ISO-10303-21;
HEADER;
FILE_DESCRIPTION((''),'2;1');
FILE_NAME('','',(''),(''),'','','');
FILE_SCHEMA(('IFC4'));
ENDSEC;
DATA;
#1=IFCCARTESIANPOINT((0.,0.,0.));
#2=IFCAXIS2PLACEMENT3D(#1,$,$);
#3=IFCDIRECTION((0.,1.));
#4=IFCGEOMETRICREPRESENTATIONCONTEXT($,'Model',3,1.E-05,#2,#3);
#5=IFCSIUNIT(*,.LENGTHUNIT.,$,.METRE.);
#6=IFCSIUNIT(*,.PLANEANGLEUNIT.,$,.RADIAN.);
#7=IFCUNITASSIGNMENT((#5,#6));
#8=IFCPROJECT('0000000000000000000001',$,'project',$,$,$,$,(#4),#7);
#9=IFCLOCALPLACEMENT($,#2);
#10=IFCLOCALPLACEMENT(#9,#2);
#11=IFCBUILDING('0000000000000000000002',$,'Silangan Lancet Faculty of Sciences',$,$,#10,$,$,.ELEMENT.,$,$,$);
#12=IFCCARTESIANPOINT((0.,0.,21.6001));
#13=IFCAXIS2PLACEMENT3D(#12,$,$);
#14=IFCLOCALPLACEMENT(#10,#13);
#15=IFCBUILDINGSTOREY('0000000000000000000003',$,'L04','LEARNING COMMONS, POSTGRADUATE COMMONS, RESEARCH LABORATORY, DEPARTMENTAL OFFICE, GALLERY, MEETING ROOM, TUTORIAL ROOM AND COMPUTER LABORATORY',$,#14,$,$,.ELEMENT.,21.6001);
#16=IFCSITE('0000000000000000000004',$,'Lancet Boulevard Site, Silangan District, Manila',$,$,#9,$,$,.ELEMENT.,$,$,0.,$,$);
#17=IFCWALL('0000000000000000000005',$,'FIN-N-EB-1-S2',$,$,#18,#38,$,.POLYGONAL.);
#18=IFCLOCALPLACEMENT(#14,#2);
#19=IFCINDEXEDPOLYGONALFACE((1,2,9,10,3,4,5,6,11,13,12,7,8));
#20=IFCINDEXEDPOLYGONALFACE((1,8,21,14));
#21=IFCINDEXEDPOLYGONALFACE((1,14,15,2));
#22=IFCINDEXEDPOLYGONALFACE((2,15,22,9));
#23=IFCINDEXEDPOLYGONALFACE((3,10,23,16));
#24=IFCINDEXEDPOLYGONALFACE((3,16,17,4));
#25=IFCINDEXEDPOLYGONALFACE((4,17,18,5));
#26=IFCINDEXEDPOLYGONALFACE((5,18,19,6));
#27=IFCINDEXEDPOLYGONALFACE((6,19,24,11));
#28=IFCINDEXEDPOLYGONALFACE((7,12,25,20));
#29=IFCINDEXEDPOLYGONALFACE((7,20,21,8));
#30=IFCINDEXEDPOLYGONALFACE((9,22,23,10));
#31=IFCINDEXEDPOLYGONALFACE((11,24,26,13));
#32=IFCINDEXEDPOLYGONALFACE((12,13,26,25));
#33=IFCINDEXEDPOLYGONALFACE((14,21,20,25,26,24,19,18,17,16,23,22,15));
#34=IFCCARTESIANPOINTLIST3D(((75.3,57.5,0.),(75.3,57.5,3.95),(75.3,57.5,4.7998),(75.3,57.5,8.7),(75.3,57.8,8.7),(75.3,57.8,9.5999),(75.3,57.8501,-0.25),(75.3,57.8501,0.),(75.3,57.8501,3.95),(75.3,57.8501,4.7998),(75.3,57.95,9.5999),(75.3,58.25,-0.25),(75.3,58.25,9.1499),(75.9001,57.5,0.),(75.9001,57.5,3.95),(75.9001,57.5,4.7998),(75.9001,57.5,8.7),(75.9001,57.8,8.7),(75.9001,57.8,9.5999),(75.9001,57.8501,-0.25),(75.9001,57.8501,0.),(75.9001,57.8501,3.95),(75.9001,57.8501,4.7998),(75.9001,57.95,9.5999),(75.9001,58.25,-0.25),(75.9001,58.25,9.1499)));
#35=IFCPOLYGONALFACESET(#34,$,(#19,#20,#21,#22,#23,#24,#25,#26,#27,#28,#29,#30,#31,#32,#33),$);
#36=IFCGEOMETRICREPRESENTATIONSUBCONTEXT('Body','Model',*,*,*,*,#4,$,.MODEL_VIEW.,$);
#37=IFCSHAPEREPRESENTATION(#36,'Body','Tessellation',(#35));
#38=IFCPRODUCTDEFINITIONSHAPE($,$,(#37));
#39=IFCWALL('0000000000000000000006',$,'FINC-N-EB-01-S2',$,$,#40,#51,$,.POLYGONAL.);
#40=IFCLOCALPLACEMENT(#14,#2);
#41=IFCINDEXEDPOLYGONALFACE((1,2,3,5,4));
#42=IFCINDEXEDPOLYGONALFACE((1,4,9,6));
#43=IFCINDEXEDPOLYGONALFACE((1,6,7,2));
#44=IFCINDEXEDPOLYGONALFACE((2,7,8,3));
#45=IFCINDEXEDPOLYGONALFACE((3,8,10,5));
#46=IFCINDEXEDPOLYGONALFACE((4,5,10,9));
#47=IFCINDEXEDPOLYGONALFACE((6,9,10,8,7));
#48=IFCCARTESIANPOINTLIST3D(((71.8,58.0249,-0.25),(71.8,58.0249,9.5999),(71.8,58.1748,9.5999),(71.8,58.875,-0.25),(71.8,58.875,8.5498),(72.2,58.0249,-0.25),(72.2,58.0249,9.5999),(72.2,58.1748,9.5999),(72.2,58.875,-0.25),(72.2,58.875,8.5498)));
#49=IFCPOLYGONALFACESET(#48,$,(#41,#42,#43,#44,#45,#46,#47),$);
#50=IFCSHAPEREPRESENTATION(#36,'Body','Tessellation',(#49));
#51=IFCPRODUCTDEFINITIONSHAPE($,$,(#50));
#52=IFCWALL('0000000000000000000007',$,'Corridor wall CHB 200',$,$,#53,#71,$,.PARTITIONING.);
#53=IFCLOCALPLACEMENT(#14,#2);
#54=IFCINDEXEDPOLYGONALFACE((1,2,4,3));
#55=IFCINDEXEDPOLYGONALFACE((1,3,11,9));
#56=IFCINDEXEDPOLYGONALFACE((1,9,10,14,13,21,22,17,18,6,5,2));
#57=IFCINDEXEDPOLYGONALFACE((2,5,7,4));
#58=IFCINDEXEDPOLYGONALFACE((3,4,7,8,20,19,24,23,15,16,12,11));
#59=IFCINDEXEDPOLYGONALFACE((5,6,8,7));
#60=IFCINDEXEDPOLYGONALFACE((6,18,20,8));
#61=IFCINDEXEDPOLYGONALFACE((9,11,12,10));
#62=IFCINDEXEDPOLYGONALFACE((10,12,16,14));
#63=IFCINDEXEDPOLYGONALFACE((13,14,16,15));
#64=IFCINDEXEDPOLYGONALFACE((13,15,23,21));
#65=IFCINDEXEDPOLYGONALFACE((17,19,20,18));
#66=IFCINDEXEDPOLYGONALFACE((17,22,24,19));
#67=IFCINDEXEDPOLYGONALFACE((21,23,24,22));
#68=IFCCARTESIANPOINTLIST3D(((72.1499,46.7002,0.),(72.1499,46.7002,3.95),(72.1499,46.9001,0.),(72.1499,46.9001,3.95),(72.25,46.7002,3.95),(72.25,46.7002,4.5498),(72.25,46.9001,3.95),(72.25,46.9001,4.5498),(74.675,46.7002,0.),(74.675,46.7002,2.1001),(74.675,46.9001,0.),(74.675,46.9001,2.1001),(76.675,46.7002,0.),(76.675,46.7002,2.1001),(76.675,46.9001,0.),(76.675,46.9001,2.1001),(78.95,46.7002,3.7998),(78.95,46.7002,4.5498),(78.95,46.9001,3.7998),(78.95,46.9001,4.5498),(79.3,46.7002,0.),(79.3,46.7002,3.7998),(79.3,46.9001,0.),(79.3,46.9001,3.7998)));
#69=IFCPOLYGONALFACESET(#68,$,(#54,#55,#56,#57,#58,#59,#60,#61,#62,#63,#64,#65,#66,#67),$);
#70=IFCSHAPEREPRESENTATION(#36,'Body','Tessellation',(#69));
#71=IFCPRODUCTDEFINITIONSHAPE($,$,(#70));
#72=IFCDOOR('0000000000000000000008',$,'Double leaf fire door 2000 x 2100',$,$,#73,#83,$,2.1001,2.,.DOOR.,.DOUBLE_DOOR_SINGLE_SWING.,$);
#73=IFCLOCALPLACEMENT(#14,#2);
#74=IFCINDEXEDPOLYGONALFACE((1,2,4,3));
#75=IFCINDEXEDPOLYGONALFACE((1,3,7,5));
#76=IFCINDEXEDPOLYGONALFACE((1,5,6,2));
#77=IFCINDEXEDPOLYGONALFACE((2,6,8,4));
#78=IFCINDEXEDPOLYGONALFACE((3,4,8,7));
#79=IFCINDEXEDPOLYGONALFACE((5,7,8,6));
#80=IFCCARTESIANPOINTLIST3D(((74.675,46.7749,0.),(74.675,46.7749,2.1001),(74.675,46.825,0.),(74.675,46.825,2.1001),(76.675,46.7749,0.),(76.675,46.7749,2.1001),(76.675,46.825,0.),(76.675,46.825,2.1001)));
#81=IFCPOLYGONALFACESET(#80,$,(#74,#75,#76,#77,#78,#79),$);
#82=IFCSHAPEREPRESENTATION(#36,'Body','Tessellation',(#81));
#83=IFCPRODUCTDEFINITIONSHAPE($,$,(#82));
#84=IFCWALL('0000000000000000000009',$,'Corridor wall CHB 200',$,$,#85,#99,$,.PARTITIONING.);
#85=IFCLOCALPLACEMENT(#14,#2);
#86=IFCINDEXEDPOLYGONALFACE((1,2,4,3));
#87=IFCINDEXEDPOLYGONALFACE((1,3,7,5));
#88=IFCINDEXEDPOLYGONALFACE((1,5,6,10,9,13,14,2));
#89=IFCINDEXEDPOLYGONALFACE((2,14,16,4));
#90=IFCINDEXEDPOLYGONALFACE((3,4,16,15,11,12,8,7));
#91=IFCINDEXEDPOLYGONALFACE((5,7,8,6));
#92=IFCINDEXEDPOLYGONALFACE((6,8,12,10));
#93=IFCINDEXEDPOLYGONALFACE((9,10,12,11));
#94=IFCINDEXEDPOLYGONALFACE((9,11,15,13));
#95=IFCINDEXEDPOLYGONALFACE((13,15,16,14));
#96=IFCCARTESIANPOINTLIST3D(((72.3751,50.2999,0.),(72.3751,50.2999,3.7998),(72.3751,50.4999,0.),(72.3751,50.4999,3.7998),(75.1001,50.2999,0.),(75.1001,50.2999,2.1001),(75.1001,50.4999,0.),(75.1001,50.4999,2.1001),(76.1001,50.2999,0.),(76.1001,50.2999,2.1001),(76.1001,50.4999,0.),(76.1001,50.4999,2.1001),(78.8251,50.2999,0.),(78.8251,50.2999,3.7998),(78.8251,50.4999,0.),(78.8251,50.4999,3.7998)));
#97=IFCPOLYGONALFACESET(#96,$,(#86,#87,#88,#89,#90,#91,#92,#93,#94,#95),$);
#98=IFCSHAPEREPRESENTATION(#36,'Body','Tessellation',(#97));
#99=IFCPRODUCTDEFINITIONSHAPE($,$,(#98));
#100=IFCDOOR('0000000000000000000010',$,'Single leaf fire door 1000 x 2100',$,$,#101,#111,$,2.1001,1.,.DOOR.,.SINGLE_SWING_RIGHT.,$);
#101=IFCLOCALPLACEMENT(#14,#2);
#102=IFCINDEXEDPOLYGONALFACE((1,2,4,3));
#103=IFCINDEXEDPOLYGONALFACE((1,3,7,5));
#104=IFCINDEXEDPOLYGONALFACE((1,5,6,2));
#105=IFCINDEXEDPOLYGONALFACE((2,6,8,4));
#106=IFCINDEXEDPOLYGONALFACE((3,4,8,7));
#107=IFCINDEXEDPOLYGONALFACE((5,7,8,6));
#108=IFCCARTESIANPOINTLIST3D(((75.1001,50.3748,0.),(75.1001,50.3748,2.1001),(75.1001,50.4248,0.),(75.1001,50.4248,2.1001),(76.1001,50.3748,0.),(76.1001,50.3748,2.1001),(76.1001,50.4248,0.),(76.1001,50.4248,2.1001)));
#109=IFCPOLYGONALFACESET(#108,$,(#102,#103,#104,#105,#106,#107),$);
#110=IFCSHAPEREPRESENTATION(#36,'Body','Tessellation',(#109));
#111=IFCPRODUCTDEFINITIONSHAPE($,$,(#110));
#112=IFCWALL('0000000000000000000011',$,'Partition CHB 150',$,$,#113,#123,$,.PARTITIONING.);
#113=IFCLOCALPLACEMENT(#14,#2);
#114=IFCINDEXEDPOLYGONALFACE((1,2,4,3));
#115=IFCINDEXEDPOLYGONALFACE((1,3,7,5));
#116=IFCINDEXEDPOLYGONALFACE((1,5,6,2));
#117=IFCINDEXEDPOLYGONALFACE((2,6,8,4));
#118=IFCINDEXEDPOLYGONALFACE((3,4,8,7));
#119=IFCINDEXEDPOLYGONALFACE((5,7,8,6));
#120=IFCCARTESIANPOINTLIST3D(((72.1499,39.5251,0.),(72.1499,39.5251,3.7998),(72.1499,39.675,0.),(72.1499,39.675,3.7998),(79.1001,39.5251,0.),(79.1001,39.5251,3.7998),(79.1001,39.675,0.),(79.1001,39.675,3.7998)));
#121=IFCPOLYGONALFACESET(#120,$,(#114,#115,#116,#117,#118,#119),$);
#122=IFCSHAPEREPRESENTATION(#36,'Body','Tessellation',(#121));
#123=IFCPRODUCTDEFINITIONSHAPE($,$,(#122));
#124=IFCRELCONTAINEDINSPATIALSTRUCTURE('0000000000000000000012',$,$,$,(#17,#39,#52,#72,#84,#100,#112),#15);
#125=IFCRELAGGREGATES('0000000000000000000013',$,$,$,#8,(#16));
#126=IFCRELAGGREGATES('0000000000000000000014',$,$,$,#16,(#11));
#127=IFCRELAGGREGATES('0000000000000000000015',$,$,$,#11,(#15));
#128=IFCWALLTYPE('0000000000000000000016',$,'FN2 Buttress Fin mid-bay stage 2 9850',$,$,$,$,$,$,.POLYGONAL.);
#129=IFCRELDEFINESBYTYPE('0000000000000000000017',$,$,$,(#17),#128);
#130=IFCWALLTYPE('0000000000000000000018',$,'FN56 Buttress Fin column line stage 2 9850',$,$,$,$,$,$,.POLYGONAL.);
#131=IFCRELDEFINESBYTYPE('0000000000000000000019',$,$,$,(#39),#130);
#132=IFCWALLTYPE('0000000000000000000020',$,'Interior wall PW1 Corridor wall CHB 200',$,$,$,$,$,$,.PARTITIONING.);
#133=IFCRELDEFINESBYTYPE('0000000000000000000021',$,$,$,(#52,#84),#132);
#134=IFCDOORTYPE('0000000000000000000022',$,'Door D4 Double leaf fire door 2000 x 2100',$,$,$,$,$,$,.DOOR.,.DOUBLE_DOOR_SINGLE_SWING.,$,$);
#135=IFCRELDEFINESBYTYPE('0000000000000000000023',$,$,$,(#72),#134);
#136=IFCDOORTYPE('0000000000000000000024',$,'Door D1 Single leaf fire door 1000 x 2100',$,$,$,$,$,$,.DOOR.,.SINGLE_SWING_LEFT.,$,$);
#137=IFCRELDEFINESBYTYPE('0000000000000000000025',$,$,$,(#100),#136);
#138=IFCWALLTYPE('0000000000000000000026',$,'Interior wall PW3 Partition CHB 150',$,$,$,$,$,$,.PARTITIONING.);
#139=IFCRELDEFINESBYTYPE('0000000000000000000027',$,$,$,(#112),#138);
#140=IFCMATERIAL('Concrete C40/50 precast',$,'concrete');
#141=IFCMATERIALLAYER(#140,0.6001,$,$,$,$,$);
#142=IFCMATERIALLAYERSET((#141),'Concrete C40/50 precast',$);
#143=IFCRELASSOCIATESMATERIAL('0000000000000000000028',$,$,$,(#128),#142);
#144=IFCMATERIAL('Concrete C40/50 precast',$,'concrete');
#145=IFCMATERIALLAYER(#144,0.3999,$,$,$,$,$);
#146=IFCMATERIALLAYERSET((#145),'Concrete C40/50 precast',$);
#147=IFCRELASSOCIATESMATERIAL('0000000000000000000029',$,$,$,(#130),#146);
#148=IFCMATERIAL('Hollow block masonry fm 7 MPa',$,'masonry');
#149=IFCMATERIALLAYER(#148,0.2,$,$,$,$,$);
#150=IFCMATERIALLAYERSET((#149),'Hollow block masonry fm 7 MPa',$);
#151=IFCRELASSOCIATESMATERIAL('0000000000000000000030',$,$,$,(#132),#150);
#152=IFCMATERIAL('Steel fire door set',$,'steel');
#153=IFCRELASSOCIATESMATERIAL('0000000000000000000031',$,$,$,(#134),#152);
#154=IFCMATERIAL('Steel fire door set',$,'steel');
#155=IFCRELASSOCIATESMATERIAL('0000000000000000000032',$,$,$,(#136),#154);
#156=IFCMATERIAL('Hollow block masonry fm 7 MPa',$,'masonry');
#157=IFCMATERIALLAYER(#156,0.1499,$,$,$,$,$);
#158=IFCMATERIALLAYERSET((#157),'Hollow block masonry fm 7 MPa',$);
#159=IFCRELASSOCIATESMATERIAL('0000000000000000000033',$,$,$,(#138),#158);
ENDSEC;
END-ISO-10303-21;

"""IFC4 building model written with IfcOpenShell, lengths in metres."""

from ifc_helpers import new_model, si_unit, direction, frame, frame_2d, origin, place, context, subcontext, project, spatial, polyline, rectangle, outline, extrude, material, layer, layer_set, type_object, element, fill, save


model = new_model("IFC4")

# Units and contexts
model_context = context("Model", 3, precision=1e-05, world=origin(), true_north=direction((0.0, 1.0)))
body_context = subcontext(model_context, "Body", "Model", "MODEL_VIEW")
ifc_project = project(units=[si_unit("LENGTHUNIT", "METRE"), si_unit("PLANEANGLEUNIT", "RADIAN")], contexts=[model_context])

# Site, building, storey
site_placement = place(None, origin())
site = spatial("IfcSite", under=ifc_project, at=site_placement, Name="Lancet Boulevard Site, Silangan District, Manila", CompositionType="ELEMENT", RefElevation=0.0)
building_placement = place(site_placement, origin())
building = spatial("IfcBuilding", under=site, at=building_placement, Name="Silangan Lancet Faculty of Sciences", CompositionType="ELEMENT")
storey_placement = place(building_placement, frame((0.0, 0.0, 21.6001)))
storey = spatial("IfcBuildingStorey", under=building, at=storey_placement, Name="L04", Description="LEARNING COMMONS, POSTGRADUATE COMMONS, RESEARCH LABORATORY, DEPARTMENTAL OFFICE, GALLERY, MEETING ROOM, TUTORIAL ROOM AND COMPUTER LABORATORY", CompositionType="ELEMENT", Elevation=21.6001)

# Walls
ifc_material_1 = material(Name="Concrete C40/50 precast", Category="concrete")
ifc_layer_1 = layer(ifc_material_1, 0.6001)
ifc_layer_set_1 = layer_set([ifc_layer_1], Name="Concrete C40/50 precast")
wall_type_1 = type_object("IfcWallType", Name="FN2 Buttress Fin mid-bay stage 2 9850", PredefinedType="POLYGONAL", material=ifc_layer_set_1)
wall_1_placement = place(storey_placement, frame((75.6001, 57.5, -0.25), z_axis=(0.0, 0.0, 1.0), x_axis=(0.0, 1.0, 0.0)))
element("IfcWall", 1, at=wall_1_placement, inside=storey, type_object=wall_type_1, Name="FIN-N-EB-1-S2", PredefinedType="POLYGONAL", context=body_context, shape_type="SweptSolid", body=[
    extrude(outline(polyline([(0.75, 0.0), (0.75, 9.3999), (0.45, 9.8499), (0.3, 9.8499), (0.3, 8.95), (0.0, 8.95), (0.0, 5.0498), (0.3501, 5.0498), (0.3501, 4.2), (0.0, 4.2), (0.0, 0.25), (0.3501, 0.25), (0.3501, 0.0), (0.75, 0.0)])), frame((0.0, 0.3, 0.0), z_axis=(0.0, -1.0, 0.0), x_axis=(1.0, 0.0, 0.0)), (0.0, 0.0, 1.0), 0.6001),
])
ifc_material_2 = material(Name="Concrete C40/50 precast", Category="concrete")
ifc_layer_2 = layer(ifc_material_2, 0.3999)
ifc_layer_set_2 = layer_set([ifc_layer_2], Name="Concrete C40/50 precast")
wall_type_2 = type_object("IfcWallType", Name="FN56 Buttress Fin column line stage 2 9850", PredefinedType="POLYGONAL", material=ifc_layer_set_2)
wall_2_placement = place(storey_placement, frame((72.0, 58.0249, -0.25), z_axis=(0.0, 0.0, 1.0), x_axis=(0.0, 1.0, 0.0)))
element("IfcWall", 2, at=wall_2_placement, inside=storey, type_object=wall_type_2, Name="FINC-N-EB-01-S2", PredefinedType="POLYGONAL", context=body_context, shape_type="SweptSolid", body=[
    extrude(outline(polyline([(0.8501, 0.0), (0.8501, 8.7998), (0.1499, 9.8499), (0.0, 9.8499), (0.0, 0.0), (0.8501, 0.0)])), frame((0.0, 0.2, 0.0), z_axis=(0.0, -1.0, 0.0), x_axis=(1.0, 0.0, 0.0)), (0.0, 0.0, 1.0), 0.3999),
])

# Walls, openings, doors
ifc_material_3 = material(Name="Hollow block masonry fm 7 MPa", Category="masonry")
ifc_layer_3 = layer(ifc_material_3, 0.2)
ifc_layer_set_3 = layer_set([ifc_layer_3], Name="Hollow block masonry fm 7 MPa")
wall_type_3 = type_object("IfcWallType", Name="Interior wall PW1 Corridor wall CHB 200", PredefinedType="PARTITIONING", material=ifc_layer_set_3)
wall_3_placement = place(storey_placement, frame((72.1499, 46.8, 0.0), z_axis=(0.0, 0.0, 1.0), x_axis=(1.0, 0.0, 0.0)))
wall_3 = element("IfcWall", 3, at=wall_3_placement, inside=storey, type_object=wall_type_3, Name="Corridor wall CHB 200", PredefinedType="PARTITIONING", context=body_context, shape_type="SweptSolid", body=[
    extrude(outline(polyline([(0.0, 0.0), (7.1501, 0.0), (7.1501, 3.7998), (6.8, 3.7998), (6.8, 4.5498), (0.1001, 4.5498), (0.1001, 3.95), (0.0, 3.95), (0.0, 0.0)])), frame((0.0, 0.1001, 0.0), z_axis=(0.0, -1.0, 0.0), x_axis=(1.0, 0.0, 0.0)), (0.0, 0.0, 1.0), 0.2),
])
opening_1_placement = place(wall_3_placement, frame((2.5251, 0.0, 0.0)))
opening_1 = element("IfcOpeningElement", 4, at=opening_1_placement, cuts=wall_3, PredefinedType="OPENING", context=body_context, shape_type="SweptSolid", body=[
    extrude(rectangle(XDim=2.0, YDim=2.1001, at=frame_2d((1.0, 1.05))), frame((0.0, 0.1099, 0.0), z_axis=(0.0, -1.0, 0.0), x_axis=(1.0, 0.0, 0.0)), (0.0, 0.0, 1.0), 0.22),
])
ifc_material_4 = material(Name="Steel fire door set", Category="steel")
door_type_1 = type_object("IfcDoorType", Name="Door D4 Double leaf fire door 2000 x 2100", OperationType="DOUBLE_DOOR_SINGLE_SWING", PredefinedType="DOOR", material=ifc_material_4)
door_1_placement = place(opening_1_placement, origin())
door_1 = element("IfcDoor", 5, at=door_1_placement, inside=storey, type_object=door_type_1, Name="Double leaf fire door 2000 x 2100", OperationType="DOUBLE_DOOR_SINGLE_SWING", OverallHeight=2.1001, OverallWidth=2.0, PredefinedType="DOOR", context=body_context, shape_type="SweptSolid", body=[
    extrude(rectangle(XDim=2.0, YDim=2.1001, at=frame_2d((1.0, 1.05))), frame((0.0, 0.0249, 0.0), z_axis=(0.0, -1.0, 0.0), x_axis=(1.0, 0.0, 0.0)), (0.0, 0.0, 1.0), 0.05),
])
fill(opening_1, door_1)
wall_4_placement = place(storey_placement, frame((72.375, 50.3999, 0.0), z_axis=(0.0, 0.0, 1.0), x_axis=(1.0, 0.0, 0.0)))
wall_4 = element("IfcWall", 6, at=wall_4_placement, inside=storey, type_object=wall_type_3, Name="Corridor wall CHB 200", PredefinedType="PARTITIONING", context=body_context, shape_type="SweptSolid", body=[
    extrude(rectangle(XDim=6.45, YDim=0.2, at=frame_2d((3.2251, 0.0))), origin(), (0.0, 0.0, 1.0), 3.7998),
])
opening_2_placement = place(wall_4_placement, frame((2.7251, 0.0, 0.0)))
opening_2 = element("IfcOpeningElement", 7, at=opening_2_placement, cuts=wall_4, PredefinedType="OPENING", context=body_context, shape_type="SweptSolid", body=[
    extrude(rectangle(XDim=1.0, YDim=2.1001, at=frame_2d((0.5, 1.05))), frame((0.0, 0.1099, 0.0), z_axis=(0.0, -1.0, 0.0), x_axis=(1.0, 0.0, 0.0)), (0.0, 0.0, 1.0), 0.22),
])
ifc_material_5 = material(Name="Steel fire door set", Category="steel")
door_type_2 = type_object("IfcDoorType", Name="Door D1 Single leaf fire door 1000 x 2100", OperationType="SINGLE_SWING_LEFT", PredefinedType="DOOR", material=ifc_material_5)
door_2_placement = place(opening_2_placement, origin())
door_2 = element("IfcDoor", 8, at=door_2_placement, inside=storey, type_object=door_type_2, Name="Single leaf fire door 1000 x 2100", OperationType="SINGLE_SWING_RIGHT", OverallHeight=2.1001, OverallWidth=1.0, PredefinedType="DOOR", context=body_context, shape_type="SweptSolid", body=[
    extrude(rectangle(XDim=1.0, YDim=2.1001, at=frame_2d((0.5, 1.05))), frame((0.0, 0.0249, 0.0), z_axis=(0.0, -1.0, 0.0), x_axis=(1.0, 0.0, 0.0)), (0.0, 0.0, 1.0), 0.05),
])
fill(opening_2, door_2)

# Wall
ifc_material_6 = material(Name="Hollow block masonry fm 7 MPa", Category="masonry")
ifc_layer_4 = layer(ifc_material_6, 0.1499)
ifc_layer_set_4 = layer_set([ifc_layer_4], Name="Hollow block masonry fm 7 MPa")
wall_type_4 = type_object("IfcWallType", Name="Interior wall PW3 Partition CHB 150", PredefinedType="PARTITIONING", material=ifc_layer_set_4)
wall_5_placement = place(storey_placement, frame((72.1499, 39.6001, 0.0), z_axis=(0.0, 0.0, 1.0), x_axis=(1.0, 0.0, 0.0)))
element("IfcWall", 9, at=wall_5_placement, inside=storey, type_object=wall_type_4, Name="Partition CHB 150", PredefinedType="PARTITIONING", context=body_context, shape_type="SweptSolid", body=[
    extrude(rectangle(XDim=6.9502, YDim=0.1499, at=frame_2d((3.4751, 0.0))), origin(), (0.0, 0.0, 1.0), 3.7998),
])

save(model, "model.ifc")
